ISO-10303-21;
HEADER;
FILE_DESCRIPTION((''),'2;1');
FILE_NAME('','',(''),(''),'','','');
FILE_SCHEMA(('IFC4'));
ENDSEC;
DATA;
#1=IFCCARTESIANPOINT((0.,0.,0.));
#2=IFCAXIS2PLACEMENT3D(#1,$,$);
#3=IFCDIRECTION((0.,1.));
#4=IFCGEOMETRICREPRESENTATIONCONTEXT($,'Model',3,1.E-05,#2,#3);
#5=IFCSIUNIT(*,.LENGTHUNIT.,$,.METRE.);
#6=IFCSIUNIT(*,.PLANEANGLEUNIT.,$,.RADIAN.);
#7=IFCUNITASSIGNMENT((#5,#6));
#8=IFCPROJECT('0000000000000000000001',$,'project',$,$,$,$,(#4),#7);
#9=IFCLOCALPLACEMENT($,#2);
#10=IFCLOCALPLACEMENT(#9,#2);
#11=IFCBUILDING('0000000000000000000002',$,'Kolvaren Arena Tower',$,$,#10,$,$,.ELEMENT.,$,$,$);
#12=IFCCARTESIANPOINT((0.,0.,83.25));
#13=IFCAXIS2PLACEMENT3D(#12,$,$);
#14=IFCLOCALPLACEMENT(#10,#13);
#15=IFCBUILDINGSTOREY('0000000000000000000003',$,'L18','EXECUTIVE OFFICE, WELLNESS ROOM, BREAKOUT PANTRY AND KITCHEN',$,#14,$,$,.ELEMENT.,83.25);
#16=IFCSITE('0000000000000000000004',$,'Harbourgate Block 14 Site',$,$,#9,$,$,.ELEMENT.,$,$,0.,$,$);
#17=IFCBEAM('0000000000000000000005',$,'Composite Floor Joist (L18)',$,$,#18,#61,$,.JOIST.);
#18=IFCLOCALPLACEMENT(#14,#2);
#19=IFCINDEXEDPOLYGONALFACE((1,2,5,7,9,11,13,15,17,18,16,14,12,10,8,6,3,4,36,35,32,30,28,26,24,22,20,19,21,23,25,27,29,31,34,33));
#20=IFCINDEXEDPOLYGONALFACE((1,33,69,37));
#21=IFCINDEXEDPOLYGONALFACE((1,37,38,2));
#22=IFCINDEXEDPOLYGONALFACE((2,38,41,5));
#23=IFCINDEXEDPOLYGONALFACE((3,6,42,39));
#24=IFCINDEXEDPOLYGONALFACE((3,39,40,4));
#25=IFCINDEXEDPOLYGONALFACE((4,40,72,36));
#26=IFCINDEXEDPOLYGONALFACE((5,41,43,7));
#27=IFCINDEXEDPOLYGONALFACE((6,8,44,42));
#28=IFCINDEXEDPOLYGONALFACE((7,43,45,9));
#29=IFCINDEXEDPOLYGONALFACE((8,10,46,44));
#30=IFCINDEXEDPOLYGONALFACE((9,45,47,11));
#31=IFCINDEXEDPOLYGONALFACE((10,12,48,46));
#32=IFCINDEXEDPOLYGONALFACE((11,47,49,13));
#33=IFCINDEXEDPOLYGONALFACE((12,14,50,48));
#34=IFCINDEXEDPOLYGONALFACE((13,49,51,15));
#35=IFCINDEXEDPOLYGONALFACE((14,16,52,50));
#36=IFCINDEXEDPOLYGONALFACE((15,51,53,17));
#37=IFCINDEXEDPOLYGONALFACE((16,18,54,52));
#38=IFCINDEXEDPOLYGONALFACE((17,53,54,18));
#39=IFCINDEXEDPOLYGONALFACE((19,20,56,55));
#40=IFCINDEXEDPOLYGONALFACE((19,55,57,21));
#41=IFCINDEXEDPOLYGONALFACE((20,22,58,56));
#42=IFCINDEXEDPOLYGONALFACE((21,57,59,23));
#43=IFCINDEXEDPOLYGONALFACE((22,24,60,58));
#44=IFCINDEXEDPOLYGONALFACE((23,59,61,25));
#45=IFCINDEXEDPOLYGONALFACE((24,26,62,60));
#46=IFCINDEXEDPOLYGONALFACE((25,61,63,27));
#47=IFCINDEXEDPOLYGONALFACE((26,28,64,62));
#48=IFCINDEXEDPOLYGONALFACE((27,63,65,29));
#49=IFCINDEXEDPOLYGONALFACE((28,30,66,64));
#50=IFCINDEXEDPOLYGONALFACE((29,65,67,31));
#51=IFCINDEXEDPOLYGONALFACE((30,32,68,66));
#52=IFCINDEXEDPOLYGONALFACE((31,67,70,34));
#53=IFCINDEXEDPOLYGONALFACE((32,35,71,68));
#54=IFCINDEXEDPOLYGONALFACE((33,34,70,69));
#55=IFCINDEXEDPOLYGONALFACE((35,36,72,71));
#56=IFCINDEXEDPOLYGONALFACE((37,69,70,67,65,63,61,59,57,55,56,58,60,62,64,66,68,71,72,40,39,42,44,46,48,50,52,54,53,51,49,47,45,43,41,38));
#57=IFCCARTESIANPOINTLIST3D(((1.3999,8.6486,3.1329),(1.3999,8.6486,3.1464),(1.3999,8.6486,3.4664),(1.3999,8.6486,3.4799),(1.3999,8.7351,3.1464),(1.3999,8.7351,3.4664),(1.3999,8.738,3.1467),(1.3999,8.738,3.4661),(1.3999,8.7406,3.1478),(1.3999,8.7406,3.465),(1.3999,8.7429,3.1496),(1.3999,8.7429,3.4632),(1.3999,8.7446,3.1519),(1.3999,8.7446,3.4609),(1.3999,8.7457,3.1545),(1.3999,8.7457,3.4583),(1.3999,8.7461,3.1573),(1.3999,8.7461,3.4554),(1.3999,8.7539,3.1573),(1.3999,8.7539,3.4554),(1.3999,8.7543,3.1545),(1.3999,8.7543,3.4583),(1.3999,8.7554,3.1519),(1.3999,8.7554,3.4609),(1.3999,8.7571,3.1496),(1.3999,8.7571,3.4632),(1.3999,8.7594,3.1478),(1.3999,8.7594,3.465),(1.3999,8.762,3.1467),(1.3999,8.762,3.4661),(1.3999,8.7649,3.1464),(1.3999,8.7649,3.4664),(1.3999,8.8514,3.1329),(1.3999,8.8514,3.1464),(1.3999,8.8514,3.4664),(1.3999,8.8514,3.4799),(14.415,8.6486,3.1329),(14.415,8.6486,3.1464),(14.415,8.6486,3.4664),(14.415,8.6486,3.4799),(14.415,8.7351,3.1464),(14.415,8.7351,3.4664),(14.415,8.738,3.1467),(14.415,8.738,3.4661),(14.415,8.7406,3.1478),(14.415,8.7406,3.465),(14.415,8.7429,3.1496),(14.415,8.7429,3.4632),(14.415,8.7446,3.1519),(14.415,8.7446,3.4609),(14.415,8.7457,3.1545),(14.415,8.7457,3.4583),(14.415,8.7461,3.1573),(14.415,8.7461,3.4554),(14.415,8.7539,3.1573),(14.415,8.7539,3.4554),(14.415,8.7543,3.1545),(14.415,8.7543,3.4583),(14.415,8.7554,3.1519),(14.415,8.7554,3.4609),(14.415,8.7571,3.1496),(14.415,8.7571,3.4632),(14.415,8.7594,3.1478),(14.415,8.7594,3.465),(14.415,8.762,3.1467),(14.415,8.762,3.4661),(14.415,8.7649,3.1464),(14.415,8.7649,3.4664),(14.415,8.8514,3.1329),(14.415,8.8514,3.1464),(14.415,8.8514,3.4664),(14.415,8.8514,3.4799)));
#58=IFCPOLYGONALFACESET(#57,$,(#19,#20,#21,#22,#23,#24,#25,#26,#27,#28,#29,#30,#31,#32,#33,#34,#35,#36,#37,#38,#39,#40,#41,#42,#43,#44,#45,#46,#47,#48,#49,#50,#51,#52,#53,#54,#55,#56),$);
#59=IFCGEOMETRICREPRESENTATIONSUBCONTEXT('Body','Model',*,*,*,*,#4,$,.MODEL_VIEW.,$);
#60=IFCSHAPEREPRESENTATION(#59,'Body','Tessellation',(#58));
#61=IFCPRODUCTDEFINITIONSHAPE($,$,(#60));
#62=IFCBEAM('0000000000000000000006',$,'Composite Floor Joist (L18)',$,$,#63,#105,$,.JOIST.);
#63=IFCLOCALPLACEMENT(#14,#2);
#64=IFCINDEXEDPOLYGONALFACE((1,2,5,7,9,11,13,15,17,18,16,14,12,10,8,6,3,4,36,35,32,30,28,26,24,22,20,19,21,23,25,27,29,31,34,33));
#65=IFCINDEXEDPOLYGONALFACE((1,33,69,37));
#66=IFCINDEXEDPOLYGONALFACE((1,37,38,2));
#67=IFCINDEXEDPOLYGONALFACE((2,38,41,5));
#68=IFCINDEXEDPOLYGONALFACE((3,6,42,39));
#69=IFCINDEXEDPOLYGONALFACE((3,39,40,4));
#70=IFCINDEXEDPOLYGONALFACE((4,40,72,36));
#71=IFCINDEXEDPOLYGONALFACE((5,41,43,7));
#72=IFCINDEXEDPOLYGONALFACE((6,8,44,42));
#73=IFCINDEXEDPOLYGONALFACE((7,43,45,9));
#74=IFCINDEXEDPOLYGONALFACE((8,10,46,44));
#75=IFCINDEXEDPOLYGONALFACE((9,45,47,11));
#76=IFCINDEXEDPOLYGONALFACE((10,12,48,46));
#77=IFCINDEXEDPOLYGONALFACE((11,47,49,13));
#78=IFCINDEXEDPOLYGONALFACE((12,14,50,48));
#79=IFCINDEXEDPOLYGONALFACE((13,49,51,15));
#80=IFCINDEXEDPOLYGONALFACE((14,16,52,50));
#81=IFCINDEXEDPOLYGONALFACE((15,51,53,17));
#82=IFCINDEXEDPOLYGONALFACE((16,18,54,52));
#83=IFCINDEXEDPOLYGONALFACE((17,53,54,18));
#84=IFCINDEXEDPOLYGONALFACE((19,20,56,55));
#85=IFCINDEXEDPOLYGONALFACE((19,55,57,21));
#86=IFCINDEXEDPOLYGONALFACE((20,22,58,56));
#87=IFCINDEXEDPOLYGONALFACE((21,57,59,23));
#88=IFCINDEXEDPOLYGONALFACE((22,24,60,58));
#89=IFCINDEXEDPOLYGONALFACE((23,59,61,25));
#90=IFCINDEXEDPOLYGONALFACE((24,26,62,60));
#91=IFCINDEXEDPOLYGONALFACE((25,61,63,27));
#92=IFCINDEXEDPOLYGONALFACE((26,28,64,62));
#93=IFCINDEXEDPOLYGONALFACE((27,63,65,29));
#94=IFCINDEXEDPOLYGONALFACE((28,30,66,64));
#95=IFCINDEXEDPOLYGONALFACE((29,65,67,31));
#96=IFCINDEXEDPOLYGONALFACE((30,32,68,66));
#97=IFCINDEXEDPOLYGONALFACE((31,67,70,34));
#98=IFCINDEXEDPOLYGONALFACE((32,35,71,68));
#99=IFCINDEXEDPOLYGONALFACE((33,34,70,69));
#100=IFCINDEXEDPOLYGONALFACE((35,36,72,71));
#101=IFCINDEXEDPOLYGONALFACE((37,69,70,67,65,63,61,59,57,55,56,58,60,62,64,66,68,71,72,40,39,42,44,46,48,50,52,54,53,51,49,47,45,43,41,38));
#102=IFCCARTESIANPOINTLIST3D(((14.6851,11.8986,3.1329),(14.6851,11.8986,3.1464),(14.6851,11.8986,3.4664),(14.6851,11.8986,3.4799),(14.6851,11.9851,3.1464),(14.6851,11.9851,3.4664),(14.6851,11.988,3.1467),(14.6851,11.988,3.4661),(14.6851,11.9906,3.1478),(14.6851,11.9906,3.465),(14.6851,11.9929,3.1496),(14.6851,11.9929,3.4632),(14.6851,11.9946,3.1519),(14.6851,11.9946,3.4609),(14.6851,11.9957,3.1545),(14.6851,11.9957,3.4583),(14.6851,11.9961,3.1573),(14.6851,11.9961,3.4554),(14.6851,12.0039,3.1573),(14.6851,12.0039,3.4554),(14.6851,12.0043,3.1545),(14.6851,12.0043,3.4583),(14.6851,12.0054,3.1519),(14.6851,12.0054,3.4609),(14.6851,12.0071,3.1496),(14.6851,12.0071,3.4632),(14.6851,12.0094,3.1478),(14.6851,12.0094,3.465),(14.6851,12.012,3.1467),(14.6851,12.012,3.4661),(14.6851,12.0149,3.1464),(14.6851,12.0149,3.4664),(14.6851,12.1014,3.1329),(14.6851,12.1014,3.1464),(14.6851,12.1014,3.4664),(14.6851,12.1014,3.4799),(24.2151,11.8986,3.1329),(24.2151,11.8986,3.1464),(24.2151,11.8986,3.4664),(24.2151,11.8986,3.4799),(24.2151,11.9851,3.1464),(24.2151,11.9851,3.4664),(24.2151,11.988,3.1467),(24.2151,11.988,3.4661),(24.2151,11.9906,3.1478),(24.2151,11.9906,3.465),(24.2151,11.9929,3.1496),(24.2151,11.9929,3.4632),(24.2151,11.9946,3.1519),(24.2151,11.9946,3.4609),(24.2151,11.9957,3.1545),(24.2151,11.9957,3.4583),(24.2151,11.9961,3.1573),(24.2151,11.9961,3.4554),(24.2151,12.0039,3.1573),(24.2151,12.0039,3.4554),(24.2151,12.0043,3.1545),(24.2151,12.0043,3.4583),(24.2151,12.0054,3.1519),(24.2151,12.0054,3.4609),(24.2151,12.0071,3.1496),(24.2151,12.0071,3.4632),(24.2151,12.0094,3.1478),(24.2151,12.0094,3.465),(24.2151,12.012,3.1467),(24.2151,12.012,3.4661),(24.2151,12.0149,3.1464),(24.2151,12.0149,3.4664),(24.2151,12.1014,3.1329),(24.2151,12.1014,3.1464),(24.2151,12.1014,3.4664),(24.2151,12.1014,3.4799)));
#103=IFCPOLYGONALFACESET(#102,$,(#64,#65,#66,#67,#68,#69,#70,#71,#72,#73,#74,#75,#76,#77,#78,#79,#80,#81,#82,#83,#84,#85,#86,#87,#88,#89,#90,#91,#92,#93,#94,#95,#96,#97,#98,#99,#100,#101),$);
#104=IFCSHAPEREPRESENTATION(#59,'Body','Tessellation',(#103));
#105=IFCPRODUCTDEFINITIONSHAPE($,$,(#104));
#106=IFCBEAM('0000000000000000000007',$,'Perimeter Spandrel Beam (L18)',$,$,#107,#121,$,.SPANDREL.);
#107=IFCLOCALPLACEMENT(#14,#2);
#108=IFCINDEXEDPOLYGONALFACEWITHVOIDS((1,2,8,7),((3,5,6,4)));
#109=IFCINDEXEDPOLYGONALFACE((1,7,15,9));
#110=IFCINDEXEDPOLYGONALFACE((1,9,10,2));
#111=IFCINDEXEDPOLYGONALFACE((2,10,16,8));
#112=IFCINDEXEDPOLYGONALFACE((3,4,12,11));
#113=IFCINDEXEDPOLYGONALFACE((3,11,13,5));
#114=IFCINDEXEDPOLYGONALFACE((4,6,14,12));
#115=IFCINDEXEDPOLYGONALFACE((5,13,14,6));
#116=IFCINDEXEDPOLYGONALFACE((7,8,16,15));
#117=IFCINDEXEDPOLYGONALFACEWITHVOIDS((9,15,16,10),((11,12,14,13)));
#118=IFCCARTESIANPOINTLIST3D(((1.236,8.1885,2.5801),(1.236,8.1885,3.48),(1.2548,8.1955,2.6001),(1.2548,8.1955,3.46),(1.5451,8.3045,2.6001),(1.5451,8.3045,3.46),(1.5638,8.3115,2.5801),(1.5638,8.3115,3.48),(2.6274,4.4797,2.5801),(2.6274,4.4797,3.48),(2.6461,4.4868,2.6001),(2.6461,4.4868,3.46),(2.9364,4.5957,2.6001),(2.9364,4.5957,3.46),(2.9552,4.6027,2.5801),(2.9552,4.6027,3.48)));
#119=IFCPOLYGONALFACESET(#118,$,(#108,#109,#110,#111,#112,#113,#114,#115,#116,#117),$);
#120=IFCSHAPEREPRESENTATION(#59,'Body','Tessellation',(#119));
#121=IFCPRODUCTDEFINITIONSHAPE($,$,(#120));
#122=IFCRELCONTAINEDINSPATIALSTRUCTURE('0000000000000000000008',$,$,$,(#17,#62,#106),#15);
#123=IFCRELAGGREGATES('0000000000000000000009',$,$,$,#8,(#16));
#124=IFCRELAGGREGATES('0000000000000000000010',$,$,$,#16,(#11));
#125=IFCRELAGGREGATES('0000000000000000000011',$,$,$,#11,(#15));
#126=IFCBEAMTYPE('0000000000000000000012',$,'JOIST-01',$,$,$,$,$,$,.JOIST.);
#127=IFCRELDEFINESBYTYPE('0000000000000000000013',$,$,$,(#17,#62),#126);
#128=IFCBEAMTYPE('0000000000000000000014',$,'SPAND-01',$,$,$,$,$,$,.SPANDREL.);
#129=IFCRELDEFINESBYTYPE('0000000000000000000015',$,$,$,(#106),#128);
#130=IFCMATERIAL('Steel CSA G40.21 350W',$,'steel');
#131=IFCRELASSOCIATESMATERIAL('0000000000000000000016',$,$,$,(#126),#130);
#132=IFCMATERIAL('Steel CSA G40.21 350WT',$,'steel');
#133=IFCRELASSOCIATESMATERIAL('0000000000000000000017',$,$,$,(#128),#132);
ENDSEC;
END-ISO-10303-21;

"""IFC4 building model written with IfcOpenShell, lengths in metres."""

from ifc_helpers import new_model, si_unit, direction, frame, origin, origin_2d, place, context, subcontext, project, spatial, hollow_rectangle, i_section, extrude, material, material_profile, profile_set, type_object, element, save


model = new_model("IFC4")

# Units and contexts
model_context = context("Model", 3, precision=1e-05, world=origin(), true_north=direction((0.0, 1.0)))
body_context = subcontext(model_context, "Body", "Model", "MODEL_VIEW")
ifc_project = project(units=[si_unit("LENGTHUNIT", "METRE"), si_unit("PLANEANGLEUNIT", "RADIAN")], contexts=[model_context])

# Site, building, storey
site_placement = place(None, origin())
site = spatial("IfcSite", under=ifc_project, at=site_placement, Name="Harbourgate Block 14 Site", CompositionType="ELEMENT", RefElevation=0.0)
building_placement = place(site_placement, origin())
building = spatial("IfcBuilding", under=site, at=building_placement, Name="Kolvaren Arena Tower", CompositionType="ELEMENT")
storey_placement = place(building_placement, frame((0.0, 0.0, 83.25)))
storey = spatial("IfcBuildingStorey", under=building, at=storey_placement, Name="L18", Description="EXECUTIVE OFFICE, WELLNESS ROOM, BREAKOUT PANTRY AND KITCHEN", CompositionType="ELEMENT", Elevation=83.25)

# Beams
ifc_material_1 = material(Name="Steel CSA G40.21 350W", Category="steel")
ifc_material_profile_1 = material_profile(ifc_material_1, i_section(OverallWidth=0.2029, OverallDepth=0.3469, WebThickness=0.0078, FlangeThickness=0.0134, FilletRadius=0.011, at=origin_2d()), Name="W360x64")
ifc_profile_set_1 = profile_set([ifc_material_profile_1], Name="Steel CSA G40.21 350W")
beam_type_1 = type_object("IfcBeamType", Name="JOIST-01", PredefinedType="JOIST", material=ifc_profile_set_1)
beam_1_placement = place(storey_placement, frame((1.3999, 8.75, 3.3064), z_axis=(1.0, 0.0, 0.0), x_axis=(0.0, 1.0, 0.0)))
element("IfcBeam", 1, at=beam_1_placement, inside=storey, type_object=beam_type_1, Name="Composite Floor Joist (L18)", PredefinedType="JOIST", context=body_context, shape_type="SweptSolid", body=[
    extrude(i_section(OverallWidth=0.2029, OverallDepth=0.3469, WebThickness=0.0078, FlangeThickness=0.0134, FilletRadius=0.011, at=origin_2d()), origin(), (0.0, 0.0, 1.0), 13.0151),
])
beam_2_placement = place(storey_placement, frame((14.6851, 12.0, 3.3064), z_axis=(1.0, 0.0, 0.0), x_axis=(0.0, 1.0, 0.0)))
element("IfcBeam", 2, at=beam_2_placement, inside=storey, type_object=beam_type_1, Name="Composite Floor Joist (L18)", PredefinedType="JOIST", context=body_context, shape_type="SweptSolid", body=[
    extrude(i_section(OverallWidth=0.2029, OverallDepth=0.3469, WebThickness=0.0078, FlangeThickness=0.0134, FilletRadius=0.011, at=origin_2d()), origin(), (0.0, 0.0, 1.0), 9.53),
])
ifc_material_2 = material(Name="Steel CSA G40.21 350WT", Category="steel")
ifc_material_profile_2 = material_profile(ifc_material_2, hollow_rectangle(XDim=0.3501, YDim=0.8999, WallThickness=0.02, at=origin_2d()), Name="HSS 900x350x20")
ifc_profile_set_2 = profile_set([ifc_material_profile_2], Name="Steel CSA G40.21 350WT")
beam_type_2 = type_object("IfcBeamType", Name="SPAND-01", PredefinedType="SPANDREL", material=ifc_profile_set_2)
beam_3_placement = place(storey_placement, frame((1.3999, 8.25, 3.03), z_axis=(0.351252, -0.936281, 0.0), x_axis=(0.936281, 0.351252, 0.0)))
element("IfcBeam", 3, at=beam_3_placement, inside=storey, type_object=beam_type_2, Name="Perimeter Spandrel Beam (L18)", PredefinedType="SPANDREL", context=body_context, shape_type="SweptSolid", body=[
    extrude(hollow_rectangle(XDim=0.3501, YDim=0.8999, WallThickness=0.02, at=origin_2d()), origin(), (0.0, 0.0, 1.0), 3.9612),
])

save(model, "model.ifc")
